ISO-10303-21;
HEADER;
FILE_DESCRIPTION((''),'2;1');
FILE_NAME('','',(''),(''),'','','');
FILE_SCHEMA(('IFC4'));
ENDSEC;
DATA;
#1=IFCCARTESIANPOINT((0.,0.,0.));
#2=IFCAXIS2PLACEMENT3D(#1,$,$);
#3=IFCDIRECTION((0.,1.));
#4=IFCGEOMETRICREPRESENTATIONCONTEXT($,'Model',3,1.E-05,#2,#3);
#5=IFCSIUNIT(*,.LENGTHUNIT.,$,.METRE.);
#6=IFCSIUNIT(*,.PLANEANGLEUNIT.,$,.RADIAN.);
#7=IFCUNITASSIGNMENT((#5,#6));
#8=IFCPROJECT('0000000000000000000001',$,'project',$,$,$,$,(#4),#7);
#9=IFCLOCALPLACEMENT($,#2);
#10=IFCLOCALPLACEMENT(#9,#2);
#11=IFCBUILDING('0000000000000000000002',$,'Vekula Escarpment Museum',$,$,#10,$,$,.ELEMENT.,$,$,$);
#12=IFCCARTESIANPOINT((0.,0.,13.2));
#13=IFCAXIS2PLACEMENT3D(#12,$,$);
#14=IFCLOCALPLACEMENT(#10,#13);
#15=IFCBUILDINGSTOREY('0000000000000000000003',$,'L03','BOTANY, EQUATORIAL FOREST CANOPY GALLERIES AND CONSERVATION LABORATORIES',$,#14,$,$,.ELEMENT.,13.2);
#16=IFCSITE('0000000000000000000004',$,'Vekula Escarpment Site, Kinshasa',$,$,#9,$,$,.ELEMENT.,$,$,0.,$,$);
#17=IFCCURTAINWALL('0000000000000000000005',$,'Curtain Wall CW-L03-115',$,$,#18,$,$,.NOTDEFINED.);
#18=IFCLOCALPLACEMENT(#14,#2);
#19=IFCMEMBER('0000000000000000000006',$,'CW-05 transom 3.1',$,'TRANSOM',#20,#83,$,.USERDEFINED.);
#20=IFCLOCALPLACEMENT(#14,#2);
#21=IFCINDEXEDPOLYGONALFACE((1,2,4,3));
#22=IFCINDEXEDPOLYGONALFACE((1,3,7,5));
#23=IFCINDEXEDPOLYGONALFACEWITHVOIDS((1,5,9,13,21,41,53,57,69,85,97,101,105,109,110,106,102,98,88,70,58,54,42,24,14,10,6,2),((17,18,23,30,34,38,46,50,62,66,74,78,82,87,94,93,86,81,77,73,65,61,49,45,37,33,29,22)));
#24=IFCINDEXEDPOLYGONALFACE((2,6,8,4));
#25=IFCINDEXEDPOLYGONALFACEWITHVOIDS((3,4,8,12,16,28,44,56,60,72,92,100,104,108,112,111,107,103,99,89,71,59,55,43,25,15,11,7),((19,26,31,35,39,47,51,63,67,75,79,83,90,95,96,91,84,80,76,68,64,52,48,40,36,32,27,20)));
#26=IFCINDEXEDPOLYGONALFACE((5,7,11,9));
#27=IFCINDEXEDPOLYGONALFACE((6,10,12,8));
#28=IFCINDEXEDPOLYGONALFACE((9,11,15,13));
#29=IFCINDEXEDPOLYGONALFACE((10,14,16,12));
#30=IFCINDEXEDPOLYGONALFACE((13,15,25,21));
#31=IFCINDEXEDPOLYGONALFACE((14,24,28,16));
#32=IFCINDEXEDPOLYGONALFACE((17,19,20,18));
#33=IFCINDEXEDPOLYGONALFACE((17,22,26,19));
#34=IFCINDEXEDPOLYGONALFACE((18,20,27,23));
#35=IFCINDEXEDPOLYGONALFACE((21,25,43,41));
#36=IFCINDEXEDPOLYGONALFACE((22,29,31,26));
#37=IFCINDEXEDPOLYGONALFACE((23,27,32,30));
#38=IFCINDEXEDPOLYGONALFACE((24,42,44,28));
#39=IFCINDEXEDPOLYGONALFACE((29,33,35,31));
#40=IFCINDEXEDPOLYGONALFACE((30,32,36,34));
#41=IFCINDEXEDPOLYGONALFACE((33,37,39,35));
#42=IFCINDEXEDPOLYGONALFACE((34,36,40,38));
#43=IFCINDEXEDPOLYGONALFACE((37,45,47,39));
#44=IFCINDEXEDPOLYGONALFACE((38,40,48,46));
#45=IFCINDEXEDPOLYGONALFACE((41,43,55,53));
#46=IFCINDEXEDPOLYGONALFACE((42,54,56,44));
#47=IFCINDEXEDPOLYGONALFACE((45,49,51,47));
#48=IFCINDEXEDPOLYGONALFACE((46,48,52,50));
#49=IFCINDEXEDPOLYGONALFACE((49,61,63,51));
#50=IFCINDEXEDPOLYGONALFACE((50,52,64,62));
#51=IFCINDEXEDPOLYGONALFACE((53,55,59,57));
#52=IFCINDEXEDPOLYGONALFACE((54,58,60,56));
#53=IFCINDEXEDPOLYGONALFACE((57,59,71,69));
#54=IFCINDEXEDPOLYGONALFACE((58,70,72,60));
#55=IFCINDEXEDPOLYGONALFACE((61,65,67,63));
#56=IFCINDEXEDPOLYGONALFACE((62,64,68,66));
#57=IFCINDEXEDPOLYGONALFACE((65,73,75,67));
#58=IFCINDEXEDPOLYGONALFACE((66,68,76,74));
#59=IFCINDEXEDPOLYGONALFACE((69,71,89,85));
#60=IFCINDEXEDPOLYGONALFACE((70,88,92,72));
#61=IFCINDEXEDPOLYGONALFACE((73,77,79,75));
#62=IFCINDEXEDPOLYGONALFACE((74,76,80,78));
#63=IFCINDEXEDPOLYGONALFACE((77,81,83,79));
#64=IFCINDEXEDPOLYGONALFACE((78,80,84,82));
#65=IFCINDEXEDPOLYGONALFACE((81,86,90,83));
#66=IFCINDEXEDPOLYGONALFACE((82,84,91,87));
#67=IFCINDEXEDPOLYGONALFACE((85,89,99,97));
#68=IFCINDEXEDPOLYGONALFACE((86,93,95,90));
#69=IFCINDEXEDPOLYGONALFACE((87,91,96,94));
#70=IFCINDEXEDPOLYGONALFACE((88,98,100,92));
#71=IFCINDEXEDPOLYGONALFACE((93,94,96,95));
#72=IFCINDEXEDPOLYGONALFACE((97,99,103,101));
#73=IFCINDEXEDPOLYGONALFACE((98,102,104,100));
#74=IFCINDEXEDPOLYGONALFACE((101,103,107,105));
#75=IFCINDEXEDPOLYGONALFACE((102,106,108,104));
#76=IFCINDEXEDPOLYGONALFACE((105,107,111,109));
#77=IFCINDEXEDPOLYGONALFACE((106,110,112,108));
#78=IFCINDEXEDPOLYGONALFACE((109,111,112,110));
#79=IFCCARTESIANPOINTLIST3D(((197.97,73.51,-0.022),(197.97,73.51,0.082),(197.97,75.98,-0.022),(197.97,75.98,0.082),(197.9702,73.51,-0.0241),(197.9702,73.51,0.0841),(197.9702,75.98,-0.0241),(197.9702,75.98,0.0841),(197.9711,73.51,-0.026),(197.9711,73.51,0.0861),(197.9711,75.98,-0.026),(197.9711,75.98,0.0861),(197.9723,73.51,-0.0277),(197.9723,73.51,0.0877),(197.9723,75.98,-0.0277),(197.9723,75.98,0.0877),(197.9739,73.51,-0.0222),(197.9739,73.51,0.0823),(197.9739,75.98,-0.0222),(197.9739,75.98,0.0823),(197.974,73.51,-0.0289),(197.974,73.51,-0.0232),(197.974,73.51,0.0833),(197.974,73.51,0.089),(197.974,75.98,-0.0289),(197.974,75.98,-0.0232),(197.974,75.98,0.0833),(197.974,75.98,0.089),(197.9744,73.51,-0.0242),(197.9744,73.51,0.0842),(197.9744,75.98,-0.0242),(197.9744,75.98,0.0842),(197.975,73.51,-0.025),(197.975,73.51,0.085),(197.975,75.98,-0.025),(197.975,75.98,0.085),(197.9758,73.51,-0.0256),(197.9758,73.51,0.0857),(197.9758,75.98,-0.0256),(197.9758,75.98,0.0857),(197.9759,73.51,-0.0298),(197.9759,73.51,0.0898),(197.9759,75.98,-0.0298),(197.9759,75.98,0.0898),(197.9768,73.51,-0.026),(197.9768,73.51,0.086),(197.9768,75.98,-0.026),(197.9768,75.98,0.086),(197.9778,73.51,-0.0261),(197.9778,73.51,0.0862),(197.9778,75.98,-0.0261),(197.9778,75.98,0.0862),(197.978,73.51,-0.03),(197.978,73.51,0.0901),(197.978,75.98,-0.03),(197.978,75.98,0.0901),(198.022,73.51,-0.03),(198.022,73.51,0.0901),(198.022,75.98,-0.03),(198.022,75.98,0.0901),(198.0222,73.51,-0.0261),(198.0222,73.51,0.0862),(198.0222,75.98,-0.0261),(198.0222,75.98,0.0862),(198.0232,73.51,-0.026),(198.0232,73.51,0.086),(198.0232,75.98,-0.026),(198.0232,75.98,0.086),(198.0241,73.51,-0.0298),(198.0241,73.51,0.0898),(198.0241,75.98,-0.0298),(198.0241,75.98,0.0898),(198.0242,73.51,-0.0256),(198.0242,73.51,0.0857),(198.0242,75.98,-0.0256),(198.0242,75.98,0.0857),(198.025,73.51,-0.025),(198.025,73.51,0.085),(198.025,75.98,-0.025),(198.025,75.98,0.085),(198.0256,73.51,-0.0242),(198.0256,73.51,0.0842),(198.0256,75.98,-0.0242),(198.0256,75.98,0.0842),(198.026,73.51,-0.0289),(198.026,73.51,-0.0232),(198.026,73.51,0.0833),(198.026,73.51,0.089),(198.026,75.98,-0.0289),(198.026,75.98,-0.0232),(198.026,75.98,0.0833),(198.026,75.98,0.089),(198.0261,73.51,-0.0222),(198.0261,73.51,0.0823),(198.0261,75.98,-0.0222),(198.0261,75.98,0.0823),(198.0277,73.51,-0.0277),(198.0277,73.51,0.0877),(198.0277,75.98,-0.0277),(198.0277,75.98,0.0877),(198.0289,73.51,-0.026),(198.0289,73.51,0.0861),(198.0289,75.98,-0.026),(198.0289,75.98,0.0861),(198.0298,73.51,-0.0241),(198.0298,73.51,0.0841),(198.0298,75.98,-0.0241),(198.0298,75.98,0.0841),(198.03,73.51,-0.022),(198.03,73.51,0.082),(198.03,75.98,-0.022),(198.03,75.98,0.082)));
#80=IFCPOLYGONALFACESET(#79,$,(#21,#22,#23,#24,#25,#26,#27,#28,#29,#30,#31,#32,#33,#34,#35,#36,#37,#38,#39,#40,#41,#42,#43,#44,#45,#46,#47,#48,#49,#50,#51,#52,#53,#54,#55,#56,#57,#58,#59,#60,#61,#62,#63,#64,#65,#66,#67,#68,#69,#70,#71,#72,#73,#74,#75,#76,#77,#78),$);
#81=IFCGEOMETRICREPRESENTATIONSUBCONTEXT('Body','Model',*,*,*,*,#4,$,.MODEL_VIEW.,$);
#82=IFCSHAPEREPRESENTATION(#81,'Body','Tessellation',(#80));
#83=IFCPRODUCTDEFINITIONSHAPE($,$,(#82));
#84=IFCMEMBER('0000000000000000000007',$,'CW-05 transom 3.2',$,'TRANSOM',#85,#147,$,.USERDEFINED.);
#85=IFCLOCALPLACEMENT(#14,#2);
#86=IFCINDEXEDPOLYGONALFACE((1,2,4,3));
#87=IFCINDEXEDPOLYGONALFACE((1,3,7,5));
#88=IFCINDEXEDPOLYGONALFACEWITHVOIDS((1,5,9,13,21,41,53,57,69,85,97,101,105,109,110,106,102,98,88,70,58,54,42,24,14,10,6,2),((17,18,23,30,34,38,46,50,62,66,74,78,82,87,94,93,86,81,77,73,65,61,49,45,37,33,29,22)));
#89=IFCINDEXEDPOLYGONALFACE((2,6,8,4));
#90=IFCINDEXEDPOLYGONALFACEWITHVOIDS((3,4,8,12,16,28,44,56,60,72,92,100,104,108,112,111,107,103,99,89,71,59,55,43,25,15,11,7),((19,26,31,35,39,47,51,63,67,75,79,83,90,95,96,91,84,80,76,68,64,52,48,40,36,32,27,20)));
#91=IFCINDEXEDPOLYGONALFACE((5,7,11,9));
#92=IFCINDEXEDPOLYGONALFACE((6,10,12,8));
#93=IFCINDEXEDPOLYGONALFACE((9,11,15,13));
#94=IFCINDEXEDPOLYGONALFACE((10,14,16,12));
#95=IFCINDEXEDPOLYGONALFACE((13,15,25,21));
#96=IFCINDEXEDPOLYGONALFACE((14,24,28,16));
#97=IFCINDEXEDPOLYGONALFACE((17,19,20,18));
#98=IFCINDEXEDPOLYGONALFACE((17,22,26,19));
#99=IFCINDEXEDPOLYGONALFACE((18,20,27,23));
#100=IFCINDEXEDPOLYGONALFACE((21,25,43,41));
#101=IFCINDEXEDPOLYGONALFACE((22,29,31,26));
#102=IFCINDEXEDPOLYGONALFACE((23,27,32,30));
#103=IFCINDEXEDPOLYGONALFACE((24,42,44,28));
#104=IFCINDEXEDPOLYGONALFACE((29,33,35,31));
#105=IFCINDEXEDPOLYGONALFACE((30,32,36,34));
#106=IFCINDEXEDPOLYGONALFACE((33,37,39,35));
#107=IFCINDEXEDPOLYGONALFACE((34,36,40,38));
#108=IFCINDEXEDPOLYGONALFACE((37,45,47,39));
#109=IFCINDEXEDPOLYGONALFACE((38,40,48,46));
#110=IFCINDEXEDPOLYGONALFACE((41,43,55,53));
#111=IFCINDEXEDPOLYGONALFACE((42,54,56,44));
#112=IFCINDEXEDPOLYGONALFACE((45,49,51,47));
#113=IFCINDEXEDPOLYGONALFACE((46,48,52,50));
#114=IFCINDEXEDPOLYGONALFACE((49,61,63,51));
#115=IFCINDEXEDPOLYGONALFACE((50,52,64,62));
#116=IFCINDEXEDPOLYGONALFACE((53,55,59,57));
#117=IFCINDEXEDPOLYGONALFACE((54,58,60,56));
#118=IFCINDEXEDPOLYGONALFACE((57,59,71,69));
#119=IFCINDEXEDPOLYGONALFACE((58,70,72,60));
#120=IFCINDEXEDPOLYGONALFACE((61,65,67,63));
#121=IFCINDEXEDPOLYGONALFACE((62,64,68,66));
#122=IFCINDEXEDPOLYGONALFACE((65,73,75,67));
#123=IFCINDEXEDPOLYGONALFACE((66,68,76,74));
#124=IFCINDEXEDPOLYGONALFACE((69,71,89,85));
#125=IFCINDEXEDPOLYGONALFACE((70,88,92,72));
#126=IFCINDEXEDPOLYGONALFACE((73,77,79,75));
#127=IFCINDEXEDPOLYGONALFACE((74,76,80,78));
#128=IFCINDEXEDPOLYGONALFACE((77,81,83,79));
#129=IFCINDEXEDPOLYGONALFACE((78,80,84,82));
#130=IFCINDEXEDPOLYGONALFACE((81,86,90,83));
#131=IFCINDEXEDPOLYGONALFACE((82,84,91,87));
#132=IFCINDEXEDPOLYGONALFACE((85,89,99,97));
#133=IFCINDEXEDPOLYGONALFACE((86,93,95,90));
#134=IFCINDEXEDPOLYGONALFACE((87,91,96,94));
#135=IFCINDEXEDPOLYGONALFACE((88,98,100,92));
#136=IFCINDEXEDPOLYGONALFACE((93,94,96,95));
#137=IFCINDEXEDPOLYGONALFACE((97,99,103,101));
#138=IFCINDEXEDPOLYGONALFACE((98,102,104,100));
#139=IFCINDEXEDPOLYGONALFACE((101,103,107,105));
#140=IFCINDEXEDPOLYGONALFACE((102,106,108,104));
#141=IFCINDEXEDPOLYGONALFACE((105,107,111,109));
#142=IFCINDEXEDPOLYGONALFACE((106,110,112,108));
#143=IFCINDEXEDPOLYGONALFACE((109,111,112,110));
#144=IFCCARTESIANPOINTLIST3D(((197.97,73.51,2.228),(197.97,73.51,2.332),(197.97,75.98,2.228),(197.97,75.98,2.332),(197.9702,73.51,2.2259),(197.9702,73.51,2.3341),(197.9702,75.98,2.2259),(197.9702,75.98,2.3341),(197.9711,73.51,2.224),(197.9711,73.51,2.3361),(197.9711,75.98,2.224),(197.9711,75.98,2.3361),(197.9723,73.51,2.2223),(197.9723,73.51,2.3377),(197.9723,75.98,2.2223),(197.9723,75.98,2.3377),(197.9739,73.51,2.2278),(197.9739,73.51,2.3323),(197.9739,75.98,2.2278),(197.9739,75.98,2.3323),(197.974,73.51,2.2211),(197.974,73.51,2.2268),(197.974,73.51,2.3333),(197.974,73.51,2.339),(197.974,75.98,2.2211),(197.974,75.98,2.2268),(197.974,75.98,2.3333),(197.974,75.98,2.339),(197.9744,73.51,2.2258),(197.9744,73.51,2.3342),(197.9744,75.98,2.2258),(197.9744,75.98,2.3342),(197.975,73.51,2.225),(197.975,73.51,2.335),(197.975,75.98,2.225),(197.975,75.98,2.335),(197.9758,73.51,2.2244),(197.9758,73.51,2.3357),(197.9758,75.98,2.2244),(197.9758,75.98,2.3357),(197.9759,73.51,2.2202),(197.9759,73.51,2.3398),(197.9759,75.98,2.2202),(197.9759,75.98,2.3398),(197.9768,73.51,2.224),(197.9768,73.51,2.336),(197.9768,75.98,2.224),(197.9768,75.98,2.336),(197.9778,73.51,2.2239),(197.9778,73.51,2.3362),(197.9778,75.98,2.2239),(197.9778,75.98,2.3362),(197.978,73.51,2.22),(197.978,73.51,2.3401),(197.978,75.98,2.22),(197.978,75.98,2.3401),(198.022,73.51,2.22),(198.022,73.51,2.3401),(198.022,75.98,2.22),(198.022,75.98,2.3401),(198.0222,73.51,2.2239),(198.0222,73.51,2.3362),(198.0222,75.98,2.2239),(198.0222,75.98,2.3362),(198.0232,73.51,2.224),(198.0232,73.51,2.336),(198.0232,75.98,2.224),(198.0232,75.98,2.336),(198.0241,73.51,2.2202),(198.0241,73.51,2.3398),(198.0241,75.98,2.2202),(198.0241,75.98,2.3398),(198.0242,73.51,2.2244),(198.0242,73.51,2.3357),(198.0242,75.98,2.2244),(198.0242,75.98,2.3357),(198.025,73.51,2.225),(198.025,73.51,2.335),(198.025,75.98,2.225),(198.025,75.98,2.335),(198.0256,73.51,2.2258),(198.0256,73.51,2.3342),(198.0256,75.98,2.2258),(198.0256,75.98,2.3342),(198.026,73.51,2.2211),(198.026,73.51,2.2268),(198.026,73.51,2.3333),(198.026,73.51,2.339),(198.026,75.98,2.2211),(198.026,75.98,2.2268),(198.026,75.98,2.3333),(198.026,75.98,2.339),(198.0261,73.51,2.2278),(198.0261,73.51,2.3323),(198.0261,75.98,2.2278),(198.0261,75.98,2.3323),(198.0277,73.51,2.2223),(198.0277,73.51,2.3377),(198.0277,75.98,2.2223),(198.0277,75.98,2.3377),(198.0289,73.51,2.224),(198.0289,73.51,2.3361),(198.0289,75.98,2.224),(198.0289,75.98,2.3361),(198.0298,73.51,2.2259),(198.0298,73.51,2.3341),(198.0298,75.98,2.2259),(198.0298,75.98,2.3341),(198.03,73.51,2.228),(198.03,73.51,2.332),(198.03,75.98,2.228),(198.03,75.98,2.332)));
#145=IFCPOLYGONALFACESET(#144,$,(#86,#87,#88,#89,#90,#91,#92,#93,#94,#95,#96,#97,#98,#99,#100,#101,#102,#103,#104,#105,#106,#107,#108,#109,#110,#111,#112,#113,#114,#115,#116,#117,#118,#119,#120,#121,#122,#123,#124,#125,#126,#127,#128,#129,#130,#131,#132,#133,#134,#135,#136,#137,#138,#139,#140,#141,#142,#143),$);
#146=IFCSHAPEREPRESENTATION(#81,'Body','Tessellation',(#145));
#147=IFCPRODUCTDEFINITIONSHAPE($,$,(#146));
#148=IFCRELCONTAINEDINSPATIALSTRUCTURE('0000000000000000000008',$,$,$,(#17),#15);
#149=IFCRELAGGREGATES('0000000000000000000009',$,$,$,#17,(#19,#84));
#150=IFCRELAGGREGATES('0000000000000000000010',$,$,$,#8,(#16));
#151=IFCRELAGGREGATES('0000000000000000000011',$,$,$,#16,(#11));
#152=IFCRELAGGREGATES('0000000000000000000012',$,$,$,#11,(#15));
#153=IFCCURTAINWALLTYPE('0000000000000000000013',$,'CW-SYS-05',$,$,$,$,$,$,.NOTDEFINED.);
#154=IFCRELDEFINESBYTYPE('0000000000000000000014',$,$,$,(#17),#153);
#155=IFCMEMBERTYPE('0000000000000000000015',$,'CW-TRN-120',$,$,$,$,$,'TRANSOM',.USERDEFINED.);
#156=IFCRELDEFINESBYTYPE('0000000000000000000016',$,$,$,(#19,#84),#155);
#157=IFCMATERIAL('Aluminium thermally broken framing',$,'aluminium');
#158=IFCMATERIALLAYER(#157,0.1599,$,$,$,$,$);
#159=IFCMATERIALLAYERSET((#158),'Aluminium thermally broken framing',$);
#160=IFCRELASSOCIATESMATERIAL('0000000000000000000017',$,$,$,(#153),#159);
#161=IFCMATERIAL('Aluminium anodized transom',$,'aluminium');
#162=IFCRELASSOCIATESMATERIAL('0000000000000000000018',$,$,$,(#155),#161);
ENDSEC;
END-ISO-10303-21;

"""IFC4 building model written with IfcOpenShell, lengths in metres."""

from ifc_helpers import new_model, si_unit, direction, frame, origin, origin_2d, place, context, subcontext, project, spatial, hollow_rectangle, extrude, material, layer, layer_set, material_profile, profile_set, type_object, element, aggregate, save


model = new_model("IFC4")

# Units and contexts
model_context = context("Model", 3, precision=1e-05, world=origin(), true_north=direction((0.0, 1.0)))
body_context = subcontext(model_context, "Body", "Model", "MODEL_VIEW")
ifc_project = project(units=[si_unit("LENGTHUNIT", "METRE"), si_unit("PLANEANGLEUNIT", "RADIAN")], contexts=[model_context])

# Site, building, storey
site_placement = place(None, origin())
site = spatial("IfcSite", under=ifc_project, at=site_placement, Name="Vekula Escarpment Site, Kinshasa", CompositionType="ELEMENT", RefElevation=0.0)
building_placement = place(site_placement, origin())
building = spatial("IfcBuilding", under=site, at=building_placement, Name="Vekula Escarpment Museum", CompositionType="ELEMENT")
storey_placement = place(building_placement, frame((0.0, 0.0, 13.2)))
storey = spatial("IfcBuildingStorey", under=building, at=storey_placement, Name="L03", Description="BOTANY, EQUATORIAL FOREST CANOPY GALLERIES AND CONSERVATION LABORATORIES", CompositionType="ELEMENT", Elevation=13.2)

# Curtain wall, members
ifc_material_1 = material(Name="Aluminium thermally broken framing", Category="aluminium")
ifc_layer_1 = layer(ifc_material_1, 0.1599)
ifc_layer_set_1 = layer_set([ifc_layer_1], Name="Aluminium thermally broken framing")
curtain_wall_type = type_object("IfcCurtainWallType", Name="CW-SYS-05", PredefinedType="NOTDEFINED", material=ifc_layer_set_1)
curtain_wall_placement = place(storey_placement, origin())
curtain_wall = element("IfcCurtainWall", 1, at=curtain_wall_placement, inside=storey, type_object=curtain_wall_type, Name="Curtain Wall CW-L03-115", PredefinedType="NOTDEFINED")
ifc_material_2 = material(Name="Aluminium anodized transom", Category="aluminium")
ifc_material_profile_1 = material_profile(ifc_material_2, hollow_rectangle(XDim=0.0601, YDim=0.1201, WallThickness=0.0039, InnerFilletRadius=0.0039, OuterFilletRadius=0.0081, at=origin_2d()), Name="ALU 120x60x4")
ifc_profile_set_1 = profile_set([ifc_material_profile_1], Name="Aluminium anodized transom")
member_type_1 = type_object("IfcMemberType", Name="CW-TRN-120", ElementType="TRANSOM", PredefinedType="USERDEFINED", material=ifc_profile_set_1)
member_1_placement = place(storey_placement, frame((198.0, 73.51, 0.03), z_axis=(0.0, 1.0, 0.0), x_axis=(-1.0, 0.0, 0.0)))
member_1 = element("IfcMember", 2, at=member_1_placement, type_object=member_type_1, Name="CW-05 transom 3.1", ObjectType="TRANSOM", PredefinedType="USERDEFINED", context=body_context, shape_type="SweptSolid", body=[
    extrude(hollow_rectangle(XDim=0.0601, YDim=0.1201, WallThickness=0.0039, InnerFilletRadius=0.0039, OuterFilletRadius=0.0081, at=origin_2d()), origin(), (0.0, 0.0, 1.0), 2.47),
])
member_2_placement = place(storey_placement, frame((198.0, 73.51, 2.28), z_axis=(0.0, 1.0, 0.0), x_axis=(-1.0, 0.0, 0.0)))
member_2 = element("IfcMember", 3, at=member_2_placement, type_object=member_type_1, Name="CW-05 transom 3.2", ObjectType="TRANSOM", PredefinedType="USERDEFINED", context=body_context, shape_type="SweptSolid", body=[
    extrude(hollow_rectangle(XDim=0.0601, YDim=0.1201, WallThickness=0.0039, InnerFilletRadius=0.0039, OuterFilletRadius=0.0081, at=origin_2d()), origin(), (0.0, 0.0, 1.0), 2.47),
])
aggregate(curtain_wall, [member_1, member_2])

save(model, "model.ifc")
